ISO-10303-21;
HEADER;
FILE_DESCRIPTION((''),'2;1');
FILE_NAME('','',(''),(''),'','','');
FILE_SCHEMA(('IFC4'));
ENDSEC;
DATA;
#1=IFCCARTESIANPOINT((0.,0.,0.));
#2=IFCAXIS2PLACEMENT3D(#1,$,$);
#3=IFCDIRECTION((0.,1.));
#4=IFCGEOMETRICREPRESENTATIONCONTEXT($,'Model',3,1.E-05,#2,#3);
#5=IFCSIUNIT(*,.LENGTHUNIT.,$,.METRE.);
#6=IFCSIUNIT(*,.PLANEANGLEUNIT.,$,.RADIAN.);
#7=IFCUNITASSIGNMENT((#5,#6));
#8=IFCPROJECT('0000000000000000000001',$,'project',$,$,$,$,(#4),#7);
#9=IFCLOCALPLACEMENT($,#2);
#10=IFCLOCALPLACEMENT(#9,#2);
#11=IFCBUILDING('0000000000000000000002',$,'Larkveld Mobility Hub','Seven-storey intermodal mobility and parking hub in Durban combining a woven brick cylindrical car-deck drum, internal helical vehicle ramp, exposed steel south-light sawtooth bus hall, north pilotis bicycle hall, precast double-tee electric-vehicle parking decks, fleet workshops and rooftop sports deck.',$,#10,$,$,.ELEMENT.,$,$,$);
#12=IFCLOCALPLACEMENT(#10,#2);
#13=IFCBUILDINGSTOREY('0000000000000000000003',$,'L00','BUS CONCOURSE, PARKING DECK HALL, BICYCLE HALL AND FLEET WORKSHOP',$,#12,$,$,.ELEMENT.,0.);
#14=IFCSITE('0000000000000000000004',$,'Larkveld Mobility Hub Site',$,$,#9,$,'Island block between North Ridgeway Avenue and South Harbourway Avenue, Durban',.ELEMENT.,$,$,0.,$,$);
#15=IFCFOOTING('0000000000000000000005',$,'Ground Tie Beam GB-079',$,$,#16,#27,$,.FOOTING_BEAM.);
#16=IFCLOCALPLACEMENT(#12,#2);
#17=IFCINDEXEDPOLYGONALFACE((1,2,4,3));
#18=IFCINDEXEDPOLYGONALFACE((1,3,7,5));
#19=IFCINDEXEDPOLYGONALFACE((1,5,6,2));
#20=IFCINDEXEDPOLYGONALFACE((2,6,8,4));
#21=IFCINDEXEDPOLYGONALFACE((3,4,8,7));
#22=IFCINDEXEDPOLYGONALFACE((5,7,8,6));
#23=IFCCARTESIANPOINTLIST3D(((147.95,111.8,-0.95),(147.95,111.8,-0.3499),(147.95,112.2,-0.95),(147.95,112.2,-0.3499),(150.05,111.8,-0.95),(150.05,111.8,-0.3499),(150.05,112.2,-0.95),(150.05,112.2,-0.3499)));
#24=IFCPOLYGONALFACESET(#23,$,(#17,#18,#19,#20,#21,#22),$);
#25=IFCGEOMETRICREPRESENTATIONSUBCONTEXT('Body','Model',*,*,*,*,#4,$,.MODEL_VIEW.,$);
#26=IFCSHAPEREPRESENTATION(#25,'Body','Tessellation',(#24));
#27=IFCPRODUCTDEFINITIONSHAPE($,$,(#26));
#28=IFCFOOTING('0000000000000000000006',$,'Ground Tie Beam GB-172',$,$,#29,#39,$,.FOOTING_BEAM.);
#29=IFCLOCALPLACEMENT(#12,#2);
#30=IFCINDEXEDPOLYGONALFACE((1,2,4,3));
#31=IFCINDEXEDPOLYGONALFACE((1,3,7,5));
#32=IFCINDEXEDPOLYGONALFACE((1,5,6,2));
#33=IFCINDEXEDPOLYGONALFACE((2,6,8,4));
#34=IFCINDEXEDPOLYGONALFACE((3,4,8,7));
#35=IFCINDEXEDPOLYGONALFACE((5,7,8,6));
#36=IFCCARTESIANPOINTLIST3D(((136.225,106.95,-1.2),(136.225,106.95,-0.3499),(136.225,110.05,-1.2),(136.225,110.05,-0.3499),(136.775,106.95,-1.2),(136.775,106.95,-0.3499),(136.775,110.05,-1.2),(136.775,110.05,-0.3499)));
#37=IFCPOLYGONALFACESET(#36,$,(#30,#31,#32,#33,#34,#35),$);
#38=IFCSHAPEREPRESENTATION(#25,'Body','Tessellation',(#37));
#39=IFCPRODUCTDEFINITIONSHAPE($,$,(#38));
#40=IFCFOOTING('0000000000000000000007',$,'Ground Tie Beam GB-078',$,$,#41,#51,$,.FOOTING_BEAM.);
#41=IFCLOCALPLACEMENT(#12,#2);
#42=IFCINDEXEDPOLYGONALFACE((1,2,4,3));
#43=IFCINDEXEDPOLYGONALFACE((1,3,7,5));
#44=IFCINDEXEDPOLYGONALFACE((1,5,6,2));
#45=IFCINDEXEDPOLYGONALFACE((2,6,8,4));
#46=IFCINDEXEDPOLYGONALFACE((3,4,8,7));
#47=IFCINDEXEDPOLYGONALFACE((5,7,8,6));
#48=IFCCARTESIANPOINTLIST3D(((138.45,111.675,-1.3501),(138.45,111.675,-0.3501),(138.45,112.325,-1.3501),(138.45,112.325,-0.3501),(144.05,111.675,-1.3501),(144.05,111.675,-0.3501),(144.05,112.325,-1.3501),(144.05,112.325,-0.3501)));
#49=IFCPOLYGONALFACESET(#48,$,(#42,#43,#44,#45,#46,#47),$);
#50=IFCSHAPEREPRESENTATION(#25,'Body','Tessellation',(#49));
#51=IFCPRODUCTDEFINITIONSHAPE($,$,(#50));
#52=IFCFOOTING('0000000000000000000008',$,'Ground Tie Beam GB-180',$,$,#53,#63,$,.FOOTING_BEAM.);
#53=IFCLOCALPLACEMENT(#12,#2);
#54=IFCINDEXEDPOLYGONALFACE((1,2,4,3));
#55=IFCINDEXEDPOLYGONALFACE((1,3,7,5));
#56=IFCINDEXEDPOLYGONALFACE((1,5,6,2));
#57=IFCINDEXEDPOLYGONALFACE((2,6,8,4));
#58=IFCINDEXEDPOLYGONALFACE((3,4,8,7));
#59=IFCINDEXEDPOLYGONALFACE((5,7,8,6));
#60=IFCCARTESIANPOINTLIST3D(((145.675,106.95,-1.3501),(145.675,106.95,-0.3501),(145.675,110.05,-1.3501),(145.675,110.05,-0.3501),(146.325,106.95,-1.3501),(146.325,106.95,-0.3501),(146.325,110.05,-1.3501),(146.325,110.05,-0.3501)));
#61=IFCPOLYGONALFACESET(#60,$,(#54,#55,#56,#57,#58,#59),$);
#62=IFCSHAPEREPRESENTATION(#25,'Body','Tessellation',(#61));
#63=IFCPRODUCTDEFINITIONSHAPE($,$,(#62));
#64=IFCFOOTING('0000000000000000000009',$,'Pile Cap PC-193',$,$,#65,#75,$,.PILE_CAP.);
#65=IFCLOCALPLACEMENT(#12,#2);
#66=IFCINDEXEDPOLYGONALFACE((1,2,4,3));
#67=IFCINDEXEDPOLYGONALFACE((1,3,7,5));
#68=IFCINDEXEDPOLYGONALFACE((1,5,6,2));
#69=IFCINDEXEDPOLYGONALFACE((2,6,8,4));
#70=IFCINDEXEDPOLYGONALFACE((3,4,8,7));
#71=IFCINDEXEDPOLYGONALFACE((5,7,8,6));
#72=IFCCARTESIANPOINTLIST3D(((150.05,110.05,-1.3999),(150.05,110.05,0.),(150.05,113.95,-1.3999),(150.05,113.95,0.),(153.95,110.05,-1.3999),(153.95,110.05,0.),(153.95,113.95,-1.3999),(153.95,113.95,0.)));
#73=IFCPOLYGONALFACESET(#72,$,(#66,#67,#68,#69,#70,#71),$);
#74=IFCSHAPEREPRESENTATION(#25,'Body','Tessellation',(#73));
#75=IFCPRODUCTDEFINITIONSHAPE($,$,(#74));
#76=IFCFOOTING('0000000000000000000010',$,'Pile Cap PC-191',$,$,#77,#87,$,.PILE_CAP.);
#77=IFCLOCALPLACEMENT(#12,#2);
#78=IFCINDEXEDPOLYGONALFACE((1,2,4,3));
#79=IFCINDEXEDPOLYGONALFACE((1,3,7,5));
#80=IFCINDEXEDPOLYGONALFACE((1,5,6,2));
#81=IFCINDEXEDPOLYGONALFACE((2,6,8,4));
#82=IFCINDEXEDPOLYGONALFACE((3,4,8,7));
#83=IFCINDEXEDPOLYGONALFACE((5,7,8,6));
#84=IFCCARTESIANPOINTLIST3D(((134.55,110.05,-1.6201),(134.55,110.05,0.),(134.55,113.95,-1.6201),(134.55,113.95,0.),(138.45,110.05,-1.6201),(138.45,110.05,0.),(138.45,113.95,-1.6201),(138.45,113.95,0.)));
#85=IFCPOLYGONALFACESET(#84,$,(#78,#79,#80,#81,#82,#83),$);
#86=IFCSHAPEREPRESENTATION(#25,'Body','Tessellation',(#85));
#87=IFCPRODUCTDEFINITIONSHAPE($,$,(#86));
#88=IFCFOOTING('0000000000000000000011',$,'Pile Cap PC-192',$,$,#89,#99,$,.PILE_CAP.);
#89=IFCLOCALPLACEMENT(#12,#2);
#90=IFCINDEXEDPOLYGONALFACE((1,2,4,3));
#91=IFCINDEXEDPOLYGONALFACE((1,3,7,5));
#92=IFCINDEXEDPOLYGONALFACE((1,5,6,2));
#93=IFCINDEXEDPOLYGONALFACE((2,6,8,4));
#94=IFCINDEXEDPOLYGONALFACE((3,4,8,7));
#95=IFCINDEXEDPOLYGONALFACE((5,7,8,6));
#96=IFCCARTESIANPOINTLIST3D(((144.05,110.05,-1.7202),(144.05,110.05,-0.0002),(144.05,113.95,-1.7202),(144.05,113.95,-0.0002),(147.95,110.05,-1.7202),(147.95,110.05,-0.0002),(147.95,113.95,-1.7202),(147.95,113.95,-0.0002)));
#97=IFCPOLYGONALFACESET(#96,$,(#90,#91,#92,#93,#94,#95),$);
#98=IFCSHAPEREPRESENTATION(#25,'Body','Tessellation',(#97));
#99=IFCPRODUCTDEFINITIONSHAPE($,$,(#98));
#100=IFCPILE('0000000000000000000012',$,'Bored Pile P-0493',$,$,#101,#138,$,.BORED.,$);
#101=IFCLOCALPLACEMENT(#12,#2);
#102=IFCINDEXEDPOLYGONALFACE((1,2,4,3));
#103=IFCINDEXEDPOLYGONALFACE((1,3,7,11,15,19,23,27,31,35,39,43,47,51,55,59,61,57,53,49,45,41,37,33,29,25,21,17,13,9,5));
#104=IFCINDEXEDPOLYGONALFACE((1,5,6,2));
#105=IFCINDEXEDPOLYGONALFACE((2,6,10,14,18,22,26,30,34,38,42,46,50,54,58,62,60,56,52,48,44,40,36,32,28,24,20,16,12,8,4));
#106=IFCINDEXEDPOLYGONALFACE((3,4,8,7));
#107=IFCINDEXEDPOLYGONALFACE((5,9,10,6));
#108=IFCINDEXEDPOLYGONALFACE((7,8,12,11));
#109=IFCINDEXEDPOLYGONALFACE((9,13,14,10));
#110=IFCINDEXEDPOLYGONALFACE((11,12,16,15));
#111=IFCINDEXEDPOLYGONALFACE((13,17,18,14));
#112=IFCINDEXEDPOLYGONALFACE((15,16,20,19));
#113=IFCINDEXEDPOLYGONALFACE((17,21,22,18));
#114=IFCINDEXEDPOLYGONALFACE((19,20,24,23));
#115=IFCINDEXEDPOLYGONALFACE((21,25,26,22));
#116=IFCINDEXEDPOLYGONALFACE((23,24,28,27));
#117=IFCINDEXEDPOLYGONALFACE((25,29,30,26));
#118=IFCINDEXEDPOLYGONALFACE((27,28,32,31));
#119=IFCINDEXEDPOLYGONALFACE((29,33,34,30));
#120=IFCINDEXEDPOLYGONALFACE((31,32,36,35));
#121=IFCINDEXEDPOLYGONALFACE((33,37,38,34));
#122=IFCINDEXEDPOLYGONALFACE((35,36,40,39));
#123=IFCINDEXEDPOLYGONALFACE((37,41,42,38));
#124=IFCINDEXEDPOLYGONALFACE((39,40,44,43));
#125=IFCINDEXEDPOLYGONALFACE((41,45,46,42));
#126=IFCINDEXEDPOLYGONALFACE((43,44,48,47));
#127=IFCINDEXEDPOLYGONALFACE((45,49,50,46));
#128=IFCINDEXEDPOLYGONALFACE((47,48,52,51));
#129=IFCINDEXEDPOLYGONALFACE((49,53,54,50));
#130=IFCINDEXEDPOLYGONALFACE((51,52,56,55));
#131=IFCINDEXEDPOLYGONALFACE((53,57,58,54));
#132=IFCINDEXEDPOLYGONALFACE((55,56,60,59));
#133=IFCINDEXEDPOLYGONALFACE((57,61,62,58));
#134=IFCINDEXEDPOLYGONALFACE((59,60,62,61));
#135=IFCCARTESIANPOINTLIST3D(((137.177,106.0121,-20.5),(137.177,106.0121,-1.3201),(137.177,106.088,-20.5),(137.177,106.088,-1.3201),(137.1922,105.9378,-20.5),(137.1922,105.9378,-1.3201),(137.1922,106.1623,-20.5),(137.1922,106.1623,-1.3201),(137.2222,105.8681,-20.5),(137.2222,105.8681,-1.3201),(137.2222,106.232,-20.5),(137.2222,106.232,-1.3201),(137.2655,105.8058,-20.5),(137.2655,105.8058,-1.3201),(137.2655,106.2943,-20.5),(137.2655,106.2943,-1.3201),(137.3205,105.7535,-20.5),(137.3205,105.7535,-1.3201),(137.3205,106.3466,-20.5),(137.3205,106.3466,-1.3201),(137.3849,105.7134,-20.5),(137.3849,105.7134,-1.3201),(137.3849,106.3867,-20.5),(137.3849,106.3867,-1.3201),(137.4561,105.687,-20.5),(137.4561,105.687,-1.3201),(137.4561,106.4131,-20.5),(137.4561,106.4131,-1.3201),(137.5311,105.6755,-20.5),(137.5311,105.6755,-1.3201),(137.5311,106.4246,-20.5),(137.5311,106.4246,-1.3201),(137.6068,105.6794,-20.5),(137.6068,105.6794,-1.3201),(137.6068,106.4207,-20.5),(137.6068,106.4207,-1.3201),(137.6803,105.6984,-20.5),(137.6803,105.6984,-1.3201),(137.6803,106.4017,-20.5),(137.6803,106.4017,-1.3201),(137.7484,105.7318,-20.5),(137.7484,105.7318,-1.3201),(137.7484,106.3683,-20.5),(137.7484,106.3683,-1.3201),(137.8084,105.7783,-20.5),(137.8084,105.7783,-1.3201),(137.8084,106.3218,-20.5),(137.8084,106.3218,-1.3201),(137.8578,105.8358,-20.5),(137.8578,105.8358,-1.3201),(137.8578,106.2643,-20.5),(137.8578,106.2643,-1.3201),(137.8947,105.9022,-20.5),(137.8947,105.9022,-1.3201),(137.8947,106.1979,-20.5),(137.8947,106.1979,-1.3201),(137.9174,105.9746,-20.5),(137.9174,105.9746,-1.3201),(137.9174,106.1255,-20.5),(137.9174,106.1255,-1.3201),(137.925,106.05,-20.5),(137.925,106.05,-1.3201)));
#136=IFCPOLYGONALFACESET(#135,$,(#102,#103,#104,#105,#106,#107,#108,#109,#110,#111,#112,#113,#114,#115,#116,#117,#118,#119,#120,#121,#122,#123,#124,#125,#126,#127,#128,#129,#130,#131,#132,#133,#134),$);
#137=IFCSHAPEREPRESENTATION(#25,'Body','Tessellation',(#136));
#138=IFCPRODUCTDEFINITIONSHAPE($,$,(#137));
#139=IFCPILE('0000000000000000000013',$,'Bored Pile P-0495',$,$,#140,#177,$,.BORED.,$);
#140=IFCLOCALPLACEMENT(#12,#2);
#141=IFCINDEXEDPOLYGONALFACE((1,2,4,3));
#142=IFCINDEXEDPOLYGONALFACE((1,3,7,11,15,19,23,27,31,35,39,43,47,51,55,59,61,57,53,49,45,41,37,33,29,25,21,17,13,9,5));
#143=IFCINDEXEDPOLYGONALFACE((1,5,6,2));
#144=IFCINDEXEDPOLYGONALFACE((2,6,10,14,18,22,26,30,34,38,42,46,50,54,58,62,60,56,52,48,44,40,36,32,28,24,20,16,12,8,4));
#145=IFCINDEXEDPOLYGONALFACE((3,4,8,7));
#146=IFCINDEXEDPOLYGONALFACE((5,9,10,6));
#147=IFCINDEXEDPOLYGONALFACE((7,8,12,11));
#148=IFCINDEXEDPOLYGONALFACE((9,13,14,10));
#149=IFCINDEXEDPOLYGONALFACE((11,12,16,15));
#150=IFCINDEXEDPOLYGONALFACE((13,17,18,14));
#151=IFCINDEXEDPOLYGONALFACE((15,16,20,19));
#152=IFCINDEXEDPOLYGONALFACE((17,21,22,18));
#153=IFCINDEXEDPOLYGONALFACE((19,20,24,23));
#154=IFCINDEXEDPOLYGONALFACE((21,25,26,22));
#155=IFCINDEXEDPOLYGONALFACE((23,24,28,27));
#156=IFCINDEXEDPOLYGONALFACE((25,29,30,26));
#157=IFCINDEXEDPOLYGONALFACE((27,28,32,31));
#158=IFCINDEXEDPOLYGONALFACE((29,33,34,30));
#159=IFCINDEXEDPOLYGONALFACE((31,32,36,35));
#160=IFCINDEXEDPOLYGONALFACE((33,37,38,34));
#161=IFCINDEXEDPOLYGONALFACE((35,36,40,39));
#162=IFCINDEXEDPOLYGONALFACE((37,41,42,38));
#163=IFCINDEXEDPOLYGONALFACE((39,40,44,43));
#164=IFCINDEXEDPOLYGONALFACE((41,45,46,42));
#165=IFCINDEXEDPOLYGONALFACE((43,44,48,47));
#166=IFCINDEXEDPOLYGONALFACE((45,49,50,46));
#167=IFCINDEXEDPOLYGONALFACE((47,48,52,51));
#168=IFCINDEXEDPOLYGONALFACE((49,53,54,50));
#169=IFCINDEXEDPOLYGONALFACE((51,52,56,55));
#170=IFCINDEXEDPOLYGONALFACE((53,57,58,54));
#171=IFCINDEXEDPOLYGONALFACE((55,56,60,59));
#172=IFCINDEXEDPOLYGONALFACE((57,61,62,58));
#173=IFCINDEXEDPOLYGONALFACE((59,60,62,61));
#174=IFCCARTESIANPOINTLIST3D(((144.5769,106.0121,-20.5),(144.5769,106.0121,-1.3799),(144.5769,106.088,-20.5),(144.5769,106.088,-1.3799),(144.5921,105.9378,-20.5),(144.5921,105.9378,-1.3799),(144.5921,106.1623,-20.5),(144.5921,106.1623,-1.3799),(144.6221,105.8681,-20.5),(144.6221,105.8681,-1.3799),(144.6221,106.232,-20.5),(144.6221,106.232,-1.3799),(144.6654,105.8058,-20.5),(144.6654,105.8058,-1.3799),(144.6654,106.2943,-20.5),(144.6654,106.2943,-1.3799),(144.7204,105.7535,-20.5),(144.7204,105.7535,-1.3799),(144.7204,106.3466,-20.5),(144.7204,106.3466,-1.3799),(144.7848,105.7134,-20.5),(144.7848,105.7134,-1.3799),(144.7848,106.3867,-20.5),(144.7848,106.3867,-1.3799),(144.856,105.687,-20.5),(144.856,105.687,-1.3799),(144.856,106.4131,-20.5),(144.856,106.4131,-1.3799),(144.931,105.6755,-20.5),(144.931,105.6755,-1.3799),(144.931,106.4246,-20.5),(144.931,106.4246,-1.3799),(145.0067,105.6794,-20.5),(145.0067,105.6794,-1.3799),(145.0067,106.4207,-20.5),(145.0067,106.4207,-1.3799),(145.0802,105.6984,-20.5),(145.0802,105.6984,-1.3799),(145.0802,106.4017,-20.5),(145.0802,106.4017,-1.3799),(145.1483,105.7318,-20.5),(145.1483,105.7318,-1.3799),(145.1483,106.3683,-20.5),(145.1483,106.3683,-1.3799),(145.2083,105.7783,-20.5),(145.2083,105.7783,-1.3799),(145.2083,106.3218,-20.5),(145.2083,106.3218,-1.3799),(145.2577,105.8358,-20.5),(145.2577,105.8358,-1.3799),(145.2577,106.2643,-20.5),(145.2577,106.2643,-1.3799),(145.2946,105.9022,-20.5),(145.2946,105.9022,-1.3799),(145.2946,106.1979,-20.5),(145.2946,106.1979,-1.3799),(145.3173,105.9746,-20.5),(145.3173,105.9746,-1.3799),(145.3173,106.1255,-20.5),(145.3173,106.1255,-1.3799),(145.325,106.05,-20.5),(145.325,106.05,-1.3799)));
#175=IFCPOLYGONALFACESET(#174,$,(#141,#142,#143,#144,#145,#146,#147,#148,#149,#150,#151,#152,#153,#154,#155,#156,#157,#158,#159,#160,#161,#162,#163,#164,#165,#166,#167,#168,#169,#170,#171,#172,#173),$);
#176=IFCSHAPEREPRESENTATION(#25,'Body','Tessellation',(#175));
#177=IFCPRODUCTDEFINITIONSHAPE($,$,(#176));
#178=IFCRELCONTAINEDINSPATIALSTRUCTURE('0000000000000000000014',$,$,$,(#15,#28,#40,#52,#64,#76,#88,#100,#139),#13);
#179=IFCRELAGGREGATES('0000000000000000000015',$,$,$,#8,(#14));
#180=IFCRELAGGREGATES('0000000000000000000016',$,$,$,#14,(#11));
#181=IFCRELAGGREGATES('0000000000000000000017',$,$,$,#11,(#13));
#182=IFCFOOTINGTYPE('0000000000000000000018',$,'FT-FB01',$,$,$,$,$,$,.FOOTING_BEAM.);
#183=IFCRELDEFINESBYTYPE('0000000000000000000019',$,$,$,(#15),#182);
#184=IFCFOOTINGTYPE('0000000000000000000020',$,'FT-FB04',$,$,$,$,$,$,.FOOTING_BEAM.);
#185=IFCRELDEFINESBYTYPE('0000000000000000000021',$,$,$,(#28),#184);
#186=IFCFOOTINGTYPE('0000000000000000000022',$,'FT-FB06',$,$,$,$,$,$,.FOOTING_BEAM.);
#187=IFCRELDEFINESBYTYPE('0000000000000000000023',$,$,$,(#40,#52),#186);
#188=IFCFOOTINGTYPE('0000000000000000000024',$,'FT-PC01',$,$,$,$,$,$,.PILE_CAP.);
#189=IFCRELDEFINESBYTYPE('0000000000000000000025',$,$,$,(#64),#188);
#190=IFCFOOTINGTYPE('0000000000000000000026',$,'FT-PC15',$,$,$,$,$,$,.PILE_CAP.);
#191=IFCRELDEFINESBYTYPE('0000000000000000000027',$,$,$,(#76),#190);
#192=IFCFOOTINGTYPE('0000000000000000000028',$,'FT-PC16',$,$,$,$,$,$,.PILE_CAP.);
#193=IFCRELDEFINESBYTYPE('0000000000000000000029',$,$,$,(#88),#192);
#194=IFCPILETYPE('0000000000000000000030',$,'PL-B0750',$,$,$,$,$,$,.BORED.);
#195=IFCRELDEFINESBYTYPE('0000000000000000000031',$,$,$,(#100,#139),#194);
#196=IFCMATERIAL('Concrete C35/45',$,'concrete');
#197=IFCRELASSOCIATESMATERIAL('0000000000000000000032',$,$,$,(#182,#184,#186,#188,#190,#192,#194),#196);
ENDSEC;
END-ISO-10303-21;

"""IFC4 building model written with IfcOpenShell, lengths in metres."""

from ifc_helpers import new_model, si_unit, direction, frame, origin, origin_2d, place, context, subcontext, project, spatial, rectangle, circle, extrude, material, material_profile, profile_set, type_object, element, save


model = new_model("IFC4")

# Units and contexts
model_context = context("Model", 3, precision=1e-05, world=origin(), true_north=direction((0.0, 1.0)))
body_context = subcontext(model_context, "Body", "Model", "MODEL_VIEW")
ifc_project = project(units=[si_unit("LENGTHUNIT", "METRE"), si_unit("PLANEANGLEUNIT", "RADIAN")], contexts=[model_context])

# Site, building, storey
site_placement = place(None, origin())
site = spatial("IfcSite", under=ifc_project, at=site_placement, Name="Larkveld Mobility Hub Site", LongName="Island block between North Ridgeway Avenue and South Harbourway Avenue, Durban", CompositionType="ELEMENT", RefElevation=0.0)
building_placement = place(site_placement, origin())
building = spatial("IfcBuilding", under=site, at=building_placement, Name="Larkveld Mobility Hub", Description="Seven-storey intermodal mobility and parking hub in Durban combining a woven brick cylindrical car-deck drum, internal helical vehicle ramp, exposed steel south-light sawtooth bus hall, north pilotis bicycle hall, precast double-tee electric-vehicle parking decks, fleet workshops and rooftop sports deck.", CompositionType="ELEMENT")
storey_placement = place(building_placement, origin())
storey = spatial("IfcBuildingStorey", under=building, at=storey_placement, Name="L00", Description="BUS CONCOURSE, PARKING DECK HALL, BICYCLE HALL AND FLEET WORKSHOP", CompositionType="ELEMENT", Elevation=0.0)

# Footings
ifc_material_1 = material(Name="Concrete C35/45", Category="concrete")
ifc_material_profile_1 = material_profile(ifc_material_1, rectangle(XDim=0.3999, YDim=0.6001, at=origin_2d()), Name="RC BM 400x600")
ifc_profile_set_1 = profile_set([ifc_material_profile_1], Name="Concrete C35/45")
footing_type_1 = type_object("IfcFootingType", Name="FT-FB01", PredefinedType="FOOTING_BEAM", material=ifc_profile_set_1)
footing_1_placement = place(storey_placement, frame((147.95, 112.0, -0.6499), z_axis=(1.0, 0.0, 0.0), x_axis=(0.0, 1.0, 0.0)))
element("IfcFooting", 1, at=footing_1_placement, inside=storey, type_object=footing_type_1, Name="Ground Tie Beam GB-079", PredefinedType="FOOTING_BEAM", context=body_context, shape_type="SweptSolid", body=[
    extrude(rectangle(XDim=0.3999, YDim=0.6001, at=origin_2d()), origin(), (0.0, 0.0, 1.0), 2.1001),
])
ifc_material_profile_2 = material_profile(ifc_material_1, rectangle(XDim=0.55, YDim=0.8501, at=origin_2d()), Name="RC BM 550x850")
ifc_profile_set_2 = profile_set([ifc_material_profile_2], Name="Concrete C35/45")
footing_type_2 = type_object("IfcFootingType", Name="FT-FB04", PredefinedType="FOOTING_BEAM", material=ifc_profile_set_2)
footing_2_placement = place(storey_placement, frame((136.5, 106.95, -0.7749), z_axis=(0.0, 1.0, 0.0), x_axis=(-1.0, 0.0, 0.0)))
element("IfcFooting", 2, at=footing_2_placement, inside=storey, type_object=footing_type_2, Name="Ground Tie Beam GB-172", PredefinedType="FOOTING_BEAM", context=body_context, shape_type="SweptSolid", body=[
    extrude(rectangle(XDim=0.55, YDim=0.8501, at=origin_2d()), origin(), (0.0, 0.0, 1.0), 3.1001),
])
ifc_material_profile_3 = material_profile(ifc_material_1, rectangle(XDim=0.6499, YDim=1.0, at=origin_2d()), Name="RC BM 650x1000")
ifc_profile_set_3 = profile_set([ifc_material_profile_3], Name="Concrete C35/45")
footing_type_3 = type_object("IfcFootingType", Name="FT-FB06", PredefinedType="FOOTING_BEAM", material=ifc_profile_set_3)
footing_3_placement = place(storey_placement, frame((138.45, 112.0, -0.8501), z_axis=(1.0, 0.0, 0.0), x_axis=(0.0, 1.0, 0.0)))
element("IfcFooting", 3, at=footing_3_placement, inside=storey, type_object=footing_type_3, Name="Ground Tie Beam GB-078", PredefinedType="FOOTING_BEAM", context=body_context, shape_type="SweptSolid", body=[
    extrude(rectangle(XDim=0.6499, YDim=1.0, at=origin_2d()), origin(), (0.0, 0.0, 1.0), 5.6001),
])
footing_4_placement = place(storey_placement, frame((146.0, 106.95, -0.8501), z_axis=(0.0, 1.0, 0.0), x_axis=(-1.0, 0.0, 0.0)))
element("IfcFooting", 4, at=footing_4_placement, inside=storey, type_object=footing_type_3, Name="Ground Tie Beam GB-180", PredefinedType="FOOTING_BEAM", context=body_context, shape_type="SweptSolid", body=[
    extrude(rectangle(XDim=0.6499, YDim=1.0, at=origin_2d()), origin(), (0.0, 0.0, 1.0), 3.1001),
])
footing_type_4 = type_object("IfcFootingType", Name="FT-PC01", PredefinedType="PILE_CAP", material=ifc_material_1)
footing_5_placement = place(storey_placement, frame((152.0, 112.0, -1.3999), z_axis=(0.0, 0.0, 1.0), x_axis=(1.0, 0.0, 0.0)))
element("IfcFooting", 5, at=footing_5_placement, inside=storey, type_object=footing_type_4, Name="Pile Cap PC-193", PredefinedType="PILE_CAP", context=body_context, shape_type="SweptSolid", body=[
    extrude(rectangle(XDim=3.8999, YDim=3.8999, at=origin_2d()), origin(), (0.0, 0.0, 1.0), 1.3999),
])
footing_type_5 = type_object("IfcFootingType", Name="FT-PC15", PredefinedType="PILE_CAP", material=ifc_material_1)
footing_6_placement = place(storey_placement, frame((136.5, 112.0, -1.6201), z_axis=(0.0, 0.0, 1.0), x_axis=(1.0, 0.0, 0.0)))
element("IfcFooting", 6, at=footing_6_placement, inside=storey, type_object=footing_type_5, Name="Pile Cap PC-191", PredefinedType="PILE_CAP", context=body_context, shape_type="SweptSolid", body=[
    extrude(rectangle(XDim=3.8999, YDim=3.8999, at=origin_2d()), origin(), (0.0, 0.0, 1.0), 1.6201),
])
footing_type_6 = type_object("IfcFootingType", Name="FT-PC16", PredefinedType="PILE_CAP", material=ifc_material_1)
footing_7_placement = place(storey_placement, frame((146.0, 112.0, -1.7202), z_axis=(0.0, 0.0, 1.0), x_axis=(1.0, 0.0, 0.0)))
element("IfcFooting", 7, at=footing_7_placement, inside=storey, type_object=footing_type_6, Name="Pile Cap PC-192", PredefinedType="PILE_CAP", context=body_context, shape_type="SweptSolid", body=[
    extrude(rectangle(XDim=3.8999, YDim=3.8999, at=origin_2d()), origin(), (0.0, 0.0, 1.0), 1.72),
])

# Piles
ifc_material_profile_4 = material_profile(ifc_material_1, circle(Radius=0.375, at=origin_2d()), Name="PILE D750")
ifc_profile_set_4 = profile_set([ifc_material_profile_4], Name="Concrete C35/45")
pile_type = type_object("IfcPileType", Name="PL-B0750", PredefinedType="BORED", material=ifc_profile_set_4)
pile_1_placement = place(storey_placement, frame((137.55, 106.05, -1.3201), z_axis=(0.0, 0.0, -1.0), x_axis=(1.0, 0.0, 0.0)))
element("IfcPile", 8, at=pile_1_placement, inside=storey, type_object=pile_type, Name="Bored Pile P-0493", PredefinedType="BORED", context=body_context, shape_type="SweptSolid", body=[
    extrude(circle(Radius=0.375, at=origin_2d()), origin(), (0.0, 0.0, 1.0), 19.1799),
])
for number, where, z_axis, x_axis, name in (
    (9, (144.95, 106.05, -1.3799), (0.0, 0.0, -1.0), (1.0, 0.0, 0.0), "Bored Pile P-0495"),
):
    element("IfcPile", number, at=place(storey_placement, frame(where, z_axis=z_axis, x_axis=x_axis)), inside=storey, type_object=pile_type, Name=name, PredefinedType="BORED", context=body_context, shape_type="SweptSolid", body=[
        extrude(circle(Radius=0.375, at=origin_2d()), origin(), (0.0, 0.0, 1.0), 19.1201),
    ])

save(model, "model.ifc")
